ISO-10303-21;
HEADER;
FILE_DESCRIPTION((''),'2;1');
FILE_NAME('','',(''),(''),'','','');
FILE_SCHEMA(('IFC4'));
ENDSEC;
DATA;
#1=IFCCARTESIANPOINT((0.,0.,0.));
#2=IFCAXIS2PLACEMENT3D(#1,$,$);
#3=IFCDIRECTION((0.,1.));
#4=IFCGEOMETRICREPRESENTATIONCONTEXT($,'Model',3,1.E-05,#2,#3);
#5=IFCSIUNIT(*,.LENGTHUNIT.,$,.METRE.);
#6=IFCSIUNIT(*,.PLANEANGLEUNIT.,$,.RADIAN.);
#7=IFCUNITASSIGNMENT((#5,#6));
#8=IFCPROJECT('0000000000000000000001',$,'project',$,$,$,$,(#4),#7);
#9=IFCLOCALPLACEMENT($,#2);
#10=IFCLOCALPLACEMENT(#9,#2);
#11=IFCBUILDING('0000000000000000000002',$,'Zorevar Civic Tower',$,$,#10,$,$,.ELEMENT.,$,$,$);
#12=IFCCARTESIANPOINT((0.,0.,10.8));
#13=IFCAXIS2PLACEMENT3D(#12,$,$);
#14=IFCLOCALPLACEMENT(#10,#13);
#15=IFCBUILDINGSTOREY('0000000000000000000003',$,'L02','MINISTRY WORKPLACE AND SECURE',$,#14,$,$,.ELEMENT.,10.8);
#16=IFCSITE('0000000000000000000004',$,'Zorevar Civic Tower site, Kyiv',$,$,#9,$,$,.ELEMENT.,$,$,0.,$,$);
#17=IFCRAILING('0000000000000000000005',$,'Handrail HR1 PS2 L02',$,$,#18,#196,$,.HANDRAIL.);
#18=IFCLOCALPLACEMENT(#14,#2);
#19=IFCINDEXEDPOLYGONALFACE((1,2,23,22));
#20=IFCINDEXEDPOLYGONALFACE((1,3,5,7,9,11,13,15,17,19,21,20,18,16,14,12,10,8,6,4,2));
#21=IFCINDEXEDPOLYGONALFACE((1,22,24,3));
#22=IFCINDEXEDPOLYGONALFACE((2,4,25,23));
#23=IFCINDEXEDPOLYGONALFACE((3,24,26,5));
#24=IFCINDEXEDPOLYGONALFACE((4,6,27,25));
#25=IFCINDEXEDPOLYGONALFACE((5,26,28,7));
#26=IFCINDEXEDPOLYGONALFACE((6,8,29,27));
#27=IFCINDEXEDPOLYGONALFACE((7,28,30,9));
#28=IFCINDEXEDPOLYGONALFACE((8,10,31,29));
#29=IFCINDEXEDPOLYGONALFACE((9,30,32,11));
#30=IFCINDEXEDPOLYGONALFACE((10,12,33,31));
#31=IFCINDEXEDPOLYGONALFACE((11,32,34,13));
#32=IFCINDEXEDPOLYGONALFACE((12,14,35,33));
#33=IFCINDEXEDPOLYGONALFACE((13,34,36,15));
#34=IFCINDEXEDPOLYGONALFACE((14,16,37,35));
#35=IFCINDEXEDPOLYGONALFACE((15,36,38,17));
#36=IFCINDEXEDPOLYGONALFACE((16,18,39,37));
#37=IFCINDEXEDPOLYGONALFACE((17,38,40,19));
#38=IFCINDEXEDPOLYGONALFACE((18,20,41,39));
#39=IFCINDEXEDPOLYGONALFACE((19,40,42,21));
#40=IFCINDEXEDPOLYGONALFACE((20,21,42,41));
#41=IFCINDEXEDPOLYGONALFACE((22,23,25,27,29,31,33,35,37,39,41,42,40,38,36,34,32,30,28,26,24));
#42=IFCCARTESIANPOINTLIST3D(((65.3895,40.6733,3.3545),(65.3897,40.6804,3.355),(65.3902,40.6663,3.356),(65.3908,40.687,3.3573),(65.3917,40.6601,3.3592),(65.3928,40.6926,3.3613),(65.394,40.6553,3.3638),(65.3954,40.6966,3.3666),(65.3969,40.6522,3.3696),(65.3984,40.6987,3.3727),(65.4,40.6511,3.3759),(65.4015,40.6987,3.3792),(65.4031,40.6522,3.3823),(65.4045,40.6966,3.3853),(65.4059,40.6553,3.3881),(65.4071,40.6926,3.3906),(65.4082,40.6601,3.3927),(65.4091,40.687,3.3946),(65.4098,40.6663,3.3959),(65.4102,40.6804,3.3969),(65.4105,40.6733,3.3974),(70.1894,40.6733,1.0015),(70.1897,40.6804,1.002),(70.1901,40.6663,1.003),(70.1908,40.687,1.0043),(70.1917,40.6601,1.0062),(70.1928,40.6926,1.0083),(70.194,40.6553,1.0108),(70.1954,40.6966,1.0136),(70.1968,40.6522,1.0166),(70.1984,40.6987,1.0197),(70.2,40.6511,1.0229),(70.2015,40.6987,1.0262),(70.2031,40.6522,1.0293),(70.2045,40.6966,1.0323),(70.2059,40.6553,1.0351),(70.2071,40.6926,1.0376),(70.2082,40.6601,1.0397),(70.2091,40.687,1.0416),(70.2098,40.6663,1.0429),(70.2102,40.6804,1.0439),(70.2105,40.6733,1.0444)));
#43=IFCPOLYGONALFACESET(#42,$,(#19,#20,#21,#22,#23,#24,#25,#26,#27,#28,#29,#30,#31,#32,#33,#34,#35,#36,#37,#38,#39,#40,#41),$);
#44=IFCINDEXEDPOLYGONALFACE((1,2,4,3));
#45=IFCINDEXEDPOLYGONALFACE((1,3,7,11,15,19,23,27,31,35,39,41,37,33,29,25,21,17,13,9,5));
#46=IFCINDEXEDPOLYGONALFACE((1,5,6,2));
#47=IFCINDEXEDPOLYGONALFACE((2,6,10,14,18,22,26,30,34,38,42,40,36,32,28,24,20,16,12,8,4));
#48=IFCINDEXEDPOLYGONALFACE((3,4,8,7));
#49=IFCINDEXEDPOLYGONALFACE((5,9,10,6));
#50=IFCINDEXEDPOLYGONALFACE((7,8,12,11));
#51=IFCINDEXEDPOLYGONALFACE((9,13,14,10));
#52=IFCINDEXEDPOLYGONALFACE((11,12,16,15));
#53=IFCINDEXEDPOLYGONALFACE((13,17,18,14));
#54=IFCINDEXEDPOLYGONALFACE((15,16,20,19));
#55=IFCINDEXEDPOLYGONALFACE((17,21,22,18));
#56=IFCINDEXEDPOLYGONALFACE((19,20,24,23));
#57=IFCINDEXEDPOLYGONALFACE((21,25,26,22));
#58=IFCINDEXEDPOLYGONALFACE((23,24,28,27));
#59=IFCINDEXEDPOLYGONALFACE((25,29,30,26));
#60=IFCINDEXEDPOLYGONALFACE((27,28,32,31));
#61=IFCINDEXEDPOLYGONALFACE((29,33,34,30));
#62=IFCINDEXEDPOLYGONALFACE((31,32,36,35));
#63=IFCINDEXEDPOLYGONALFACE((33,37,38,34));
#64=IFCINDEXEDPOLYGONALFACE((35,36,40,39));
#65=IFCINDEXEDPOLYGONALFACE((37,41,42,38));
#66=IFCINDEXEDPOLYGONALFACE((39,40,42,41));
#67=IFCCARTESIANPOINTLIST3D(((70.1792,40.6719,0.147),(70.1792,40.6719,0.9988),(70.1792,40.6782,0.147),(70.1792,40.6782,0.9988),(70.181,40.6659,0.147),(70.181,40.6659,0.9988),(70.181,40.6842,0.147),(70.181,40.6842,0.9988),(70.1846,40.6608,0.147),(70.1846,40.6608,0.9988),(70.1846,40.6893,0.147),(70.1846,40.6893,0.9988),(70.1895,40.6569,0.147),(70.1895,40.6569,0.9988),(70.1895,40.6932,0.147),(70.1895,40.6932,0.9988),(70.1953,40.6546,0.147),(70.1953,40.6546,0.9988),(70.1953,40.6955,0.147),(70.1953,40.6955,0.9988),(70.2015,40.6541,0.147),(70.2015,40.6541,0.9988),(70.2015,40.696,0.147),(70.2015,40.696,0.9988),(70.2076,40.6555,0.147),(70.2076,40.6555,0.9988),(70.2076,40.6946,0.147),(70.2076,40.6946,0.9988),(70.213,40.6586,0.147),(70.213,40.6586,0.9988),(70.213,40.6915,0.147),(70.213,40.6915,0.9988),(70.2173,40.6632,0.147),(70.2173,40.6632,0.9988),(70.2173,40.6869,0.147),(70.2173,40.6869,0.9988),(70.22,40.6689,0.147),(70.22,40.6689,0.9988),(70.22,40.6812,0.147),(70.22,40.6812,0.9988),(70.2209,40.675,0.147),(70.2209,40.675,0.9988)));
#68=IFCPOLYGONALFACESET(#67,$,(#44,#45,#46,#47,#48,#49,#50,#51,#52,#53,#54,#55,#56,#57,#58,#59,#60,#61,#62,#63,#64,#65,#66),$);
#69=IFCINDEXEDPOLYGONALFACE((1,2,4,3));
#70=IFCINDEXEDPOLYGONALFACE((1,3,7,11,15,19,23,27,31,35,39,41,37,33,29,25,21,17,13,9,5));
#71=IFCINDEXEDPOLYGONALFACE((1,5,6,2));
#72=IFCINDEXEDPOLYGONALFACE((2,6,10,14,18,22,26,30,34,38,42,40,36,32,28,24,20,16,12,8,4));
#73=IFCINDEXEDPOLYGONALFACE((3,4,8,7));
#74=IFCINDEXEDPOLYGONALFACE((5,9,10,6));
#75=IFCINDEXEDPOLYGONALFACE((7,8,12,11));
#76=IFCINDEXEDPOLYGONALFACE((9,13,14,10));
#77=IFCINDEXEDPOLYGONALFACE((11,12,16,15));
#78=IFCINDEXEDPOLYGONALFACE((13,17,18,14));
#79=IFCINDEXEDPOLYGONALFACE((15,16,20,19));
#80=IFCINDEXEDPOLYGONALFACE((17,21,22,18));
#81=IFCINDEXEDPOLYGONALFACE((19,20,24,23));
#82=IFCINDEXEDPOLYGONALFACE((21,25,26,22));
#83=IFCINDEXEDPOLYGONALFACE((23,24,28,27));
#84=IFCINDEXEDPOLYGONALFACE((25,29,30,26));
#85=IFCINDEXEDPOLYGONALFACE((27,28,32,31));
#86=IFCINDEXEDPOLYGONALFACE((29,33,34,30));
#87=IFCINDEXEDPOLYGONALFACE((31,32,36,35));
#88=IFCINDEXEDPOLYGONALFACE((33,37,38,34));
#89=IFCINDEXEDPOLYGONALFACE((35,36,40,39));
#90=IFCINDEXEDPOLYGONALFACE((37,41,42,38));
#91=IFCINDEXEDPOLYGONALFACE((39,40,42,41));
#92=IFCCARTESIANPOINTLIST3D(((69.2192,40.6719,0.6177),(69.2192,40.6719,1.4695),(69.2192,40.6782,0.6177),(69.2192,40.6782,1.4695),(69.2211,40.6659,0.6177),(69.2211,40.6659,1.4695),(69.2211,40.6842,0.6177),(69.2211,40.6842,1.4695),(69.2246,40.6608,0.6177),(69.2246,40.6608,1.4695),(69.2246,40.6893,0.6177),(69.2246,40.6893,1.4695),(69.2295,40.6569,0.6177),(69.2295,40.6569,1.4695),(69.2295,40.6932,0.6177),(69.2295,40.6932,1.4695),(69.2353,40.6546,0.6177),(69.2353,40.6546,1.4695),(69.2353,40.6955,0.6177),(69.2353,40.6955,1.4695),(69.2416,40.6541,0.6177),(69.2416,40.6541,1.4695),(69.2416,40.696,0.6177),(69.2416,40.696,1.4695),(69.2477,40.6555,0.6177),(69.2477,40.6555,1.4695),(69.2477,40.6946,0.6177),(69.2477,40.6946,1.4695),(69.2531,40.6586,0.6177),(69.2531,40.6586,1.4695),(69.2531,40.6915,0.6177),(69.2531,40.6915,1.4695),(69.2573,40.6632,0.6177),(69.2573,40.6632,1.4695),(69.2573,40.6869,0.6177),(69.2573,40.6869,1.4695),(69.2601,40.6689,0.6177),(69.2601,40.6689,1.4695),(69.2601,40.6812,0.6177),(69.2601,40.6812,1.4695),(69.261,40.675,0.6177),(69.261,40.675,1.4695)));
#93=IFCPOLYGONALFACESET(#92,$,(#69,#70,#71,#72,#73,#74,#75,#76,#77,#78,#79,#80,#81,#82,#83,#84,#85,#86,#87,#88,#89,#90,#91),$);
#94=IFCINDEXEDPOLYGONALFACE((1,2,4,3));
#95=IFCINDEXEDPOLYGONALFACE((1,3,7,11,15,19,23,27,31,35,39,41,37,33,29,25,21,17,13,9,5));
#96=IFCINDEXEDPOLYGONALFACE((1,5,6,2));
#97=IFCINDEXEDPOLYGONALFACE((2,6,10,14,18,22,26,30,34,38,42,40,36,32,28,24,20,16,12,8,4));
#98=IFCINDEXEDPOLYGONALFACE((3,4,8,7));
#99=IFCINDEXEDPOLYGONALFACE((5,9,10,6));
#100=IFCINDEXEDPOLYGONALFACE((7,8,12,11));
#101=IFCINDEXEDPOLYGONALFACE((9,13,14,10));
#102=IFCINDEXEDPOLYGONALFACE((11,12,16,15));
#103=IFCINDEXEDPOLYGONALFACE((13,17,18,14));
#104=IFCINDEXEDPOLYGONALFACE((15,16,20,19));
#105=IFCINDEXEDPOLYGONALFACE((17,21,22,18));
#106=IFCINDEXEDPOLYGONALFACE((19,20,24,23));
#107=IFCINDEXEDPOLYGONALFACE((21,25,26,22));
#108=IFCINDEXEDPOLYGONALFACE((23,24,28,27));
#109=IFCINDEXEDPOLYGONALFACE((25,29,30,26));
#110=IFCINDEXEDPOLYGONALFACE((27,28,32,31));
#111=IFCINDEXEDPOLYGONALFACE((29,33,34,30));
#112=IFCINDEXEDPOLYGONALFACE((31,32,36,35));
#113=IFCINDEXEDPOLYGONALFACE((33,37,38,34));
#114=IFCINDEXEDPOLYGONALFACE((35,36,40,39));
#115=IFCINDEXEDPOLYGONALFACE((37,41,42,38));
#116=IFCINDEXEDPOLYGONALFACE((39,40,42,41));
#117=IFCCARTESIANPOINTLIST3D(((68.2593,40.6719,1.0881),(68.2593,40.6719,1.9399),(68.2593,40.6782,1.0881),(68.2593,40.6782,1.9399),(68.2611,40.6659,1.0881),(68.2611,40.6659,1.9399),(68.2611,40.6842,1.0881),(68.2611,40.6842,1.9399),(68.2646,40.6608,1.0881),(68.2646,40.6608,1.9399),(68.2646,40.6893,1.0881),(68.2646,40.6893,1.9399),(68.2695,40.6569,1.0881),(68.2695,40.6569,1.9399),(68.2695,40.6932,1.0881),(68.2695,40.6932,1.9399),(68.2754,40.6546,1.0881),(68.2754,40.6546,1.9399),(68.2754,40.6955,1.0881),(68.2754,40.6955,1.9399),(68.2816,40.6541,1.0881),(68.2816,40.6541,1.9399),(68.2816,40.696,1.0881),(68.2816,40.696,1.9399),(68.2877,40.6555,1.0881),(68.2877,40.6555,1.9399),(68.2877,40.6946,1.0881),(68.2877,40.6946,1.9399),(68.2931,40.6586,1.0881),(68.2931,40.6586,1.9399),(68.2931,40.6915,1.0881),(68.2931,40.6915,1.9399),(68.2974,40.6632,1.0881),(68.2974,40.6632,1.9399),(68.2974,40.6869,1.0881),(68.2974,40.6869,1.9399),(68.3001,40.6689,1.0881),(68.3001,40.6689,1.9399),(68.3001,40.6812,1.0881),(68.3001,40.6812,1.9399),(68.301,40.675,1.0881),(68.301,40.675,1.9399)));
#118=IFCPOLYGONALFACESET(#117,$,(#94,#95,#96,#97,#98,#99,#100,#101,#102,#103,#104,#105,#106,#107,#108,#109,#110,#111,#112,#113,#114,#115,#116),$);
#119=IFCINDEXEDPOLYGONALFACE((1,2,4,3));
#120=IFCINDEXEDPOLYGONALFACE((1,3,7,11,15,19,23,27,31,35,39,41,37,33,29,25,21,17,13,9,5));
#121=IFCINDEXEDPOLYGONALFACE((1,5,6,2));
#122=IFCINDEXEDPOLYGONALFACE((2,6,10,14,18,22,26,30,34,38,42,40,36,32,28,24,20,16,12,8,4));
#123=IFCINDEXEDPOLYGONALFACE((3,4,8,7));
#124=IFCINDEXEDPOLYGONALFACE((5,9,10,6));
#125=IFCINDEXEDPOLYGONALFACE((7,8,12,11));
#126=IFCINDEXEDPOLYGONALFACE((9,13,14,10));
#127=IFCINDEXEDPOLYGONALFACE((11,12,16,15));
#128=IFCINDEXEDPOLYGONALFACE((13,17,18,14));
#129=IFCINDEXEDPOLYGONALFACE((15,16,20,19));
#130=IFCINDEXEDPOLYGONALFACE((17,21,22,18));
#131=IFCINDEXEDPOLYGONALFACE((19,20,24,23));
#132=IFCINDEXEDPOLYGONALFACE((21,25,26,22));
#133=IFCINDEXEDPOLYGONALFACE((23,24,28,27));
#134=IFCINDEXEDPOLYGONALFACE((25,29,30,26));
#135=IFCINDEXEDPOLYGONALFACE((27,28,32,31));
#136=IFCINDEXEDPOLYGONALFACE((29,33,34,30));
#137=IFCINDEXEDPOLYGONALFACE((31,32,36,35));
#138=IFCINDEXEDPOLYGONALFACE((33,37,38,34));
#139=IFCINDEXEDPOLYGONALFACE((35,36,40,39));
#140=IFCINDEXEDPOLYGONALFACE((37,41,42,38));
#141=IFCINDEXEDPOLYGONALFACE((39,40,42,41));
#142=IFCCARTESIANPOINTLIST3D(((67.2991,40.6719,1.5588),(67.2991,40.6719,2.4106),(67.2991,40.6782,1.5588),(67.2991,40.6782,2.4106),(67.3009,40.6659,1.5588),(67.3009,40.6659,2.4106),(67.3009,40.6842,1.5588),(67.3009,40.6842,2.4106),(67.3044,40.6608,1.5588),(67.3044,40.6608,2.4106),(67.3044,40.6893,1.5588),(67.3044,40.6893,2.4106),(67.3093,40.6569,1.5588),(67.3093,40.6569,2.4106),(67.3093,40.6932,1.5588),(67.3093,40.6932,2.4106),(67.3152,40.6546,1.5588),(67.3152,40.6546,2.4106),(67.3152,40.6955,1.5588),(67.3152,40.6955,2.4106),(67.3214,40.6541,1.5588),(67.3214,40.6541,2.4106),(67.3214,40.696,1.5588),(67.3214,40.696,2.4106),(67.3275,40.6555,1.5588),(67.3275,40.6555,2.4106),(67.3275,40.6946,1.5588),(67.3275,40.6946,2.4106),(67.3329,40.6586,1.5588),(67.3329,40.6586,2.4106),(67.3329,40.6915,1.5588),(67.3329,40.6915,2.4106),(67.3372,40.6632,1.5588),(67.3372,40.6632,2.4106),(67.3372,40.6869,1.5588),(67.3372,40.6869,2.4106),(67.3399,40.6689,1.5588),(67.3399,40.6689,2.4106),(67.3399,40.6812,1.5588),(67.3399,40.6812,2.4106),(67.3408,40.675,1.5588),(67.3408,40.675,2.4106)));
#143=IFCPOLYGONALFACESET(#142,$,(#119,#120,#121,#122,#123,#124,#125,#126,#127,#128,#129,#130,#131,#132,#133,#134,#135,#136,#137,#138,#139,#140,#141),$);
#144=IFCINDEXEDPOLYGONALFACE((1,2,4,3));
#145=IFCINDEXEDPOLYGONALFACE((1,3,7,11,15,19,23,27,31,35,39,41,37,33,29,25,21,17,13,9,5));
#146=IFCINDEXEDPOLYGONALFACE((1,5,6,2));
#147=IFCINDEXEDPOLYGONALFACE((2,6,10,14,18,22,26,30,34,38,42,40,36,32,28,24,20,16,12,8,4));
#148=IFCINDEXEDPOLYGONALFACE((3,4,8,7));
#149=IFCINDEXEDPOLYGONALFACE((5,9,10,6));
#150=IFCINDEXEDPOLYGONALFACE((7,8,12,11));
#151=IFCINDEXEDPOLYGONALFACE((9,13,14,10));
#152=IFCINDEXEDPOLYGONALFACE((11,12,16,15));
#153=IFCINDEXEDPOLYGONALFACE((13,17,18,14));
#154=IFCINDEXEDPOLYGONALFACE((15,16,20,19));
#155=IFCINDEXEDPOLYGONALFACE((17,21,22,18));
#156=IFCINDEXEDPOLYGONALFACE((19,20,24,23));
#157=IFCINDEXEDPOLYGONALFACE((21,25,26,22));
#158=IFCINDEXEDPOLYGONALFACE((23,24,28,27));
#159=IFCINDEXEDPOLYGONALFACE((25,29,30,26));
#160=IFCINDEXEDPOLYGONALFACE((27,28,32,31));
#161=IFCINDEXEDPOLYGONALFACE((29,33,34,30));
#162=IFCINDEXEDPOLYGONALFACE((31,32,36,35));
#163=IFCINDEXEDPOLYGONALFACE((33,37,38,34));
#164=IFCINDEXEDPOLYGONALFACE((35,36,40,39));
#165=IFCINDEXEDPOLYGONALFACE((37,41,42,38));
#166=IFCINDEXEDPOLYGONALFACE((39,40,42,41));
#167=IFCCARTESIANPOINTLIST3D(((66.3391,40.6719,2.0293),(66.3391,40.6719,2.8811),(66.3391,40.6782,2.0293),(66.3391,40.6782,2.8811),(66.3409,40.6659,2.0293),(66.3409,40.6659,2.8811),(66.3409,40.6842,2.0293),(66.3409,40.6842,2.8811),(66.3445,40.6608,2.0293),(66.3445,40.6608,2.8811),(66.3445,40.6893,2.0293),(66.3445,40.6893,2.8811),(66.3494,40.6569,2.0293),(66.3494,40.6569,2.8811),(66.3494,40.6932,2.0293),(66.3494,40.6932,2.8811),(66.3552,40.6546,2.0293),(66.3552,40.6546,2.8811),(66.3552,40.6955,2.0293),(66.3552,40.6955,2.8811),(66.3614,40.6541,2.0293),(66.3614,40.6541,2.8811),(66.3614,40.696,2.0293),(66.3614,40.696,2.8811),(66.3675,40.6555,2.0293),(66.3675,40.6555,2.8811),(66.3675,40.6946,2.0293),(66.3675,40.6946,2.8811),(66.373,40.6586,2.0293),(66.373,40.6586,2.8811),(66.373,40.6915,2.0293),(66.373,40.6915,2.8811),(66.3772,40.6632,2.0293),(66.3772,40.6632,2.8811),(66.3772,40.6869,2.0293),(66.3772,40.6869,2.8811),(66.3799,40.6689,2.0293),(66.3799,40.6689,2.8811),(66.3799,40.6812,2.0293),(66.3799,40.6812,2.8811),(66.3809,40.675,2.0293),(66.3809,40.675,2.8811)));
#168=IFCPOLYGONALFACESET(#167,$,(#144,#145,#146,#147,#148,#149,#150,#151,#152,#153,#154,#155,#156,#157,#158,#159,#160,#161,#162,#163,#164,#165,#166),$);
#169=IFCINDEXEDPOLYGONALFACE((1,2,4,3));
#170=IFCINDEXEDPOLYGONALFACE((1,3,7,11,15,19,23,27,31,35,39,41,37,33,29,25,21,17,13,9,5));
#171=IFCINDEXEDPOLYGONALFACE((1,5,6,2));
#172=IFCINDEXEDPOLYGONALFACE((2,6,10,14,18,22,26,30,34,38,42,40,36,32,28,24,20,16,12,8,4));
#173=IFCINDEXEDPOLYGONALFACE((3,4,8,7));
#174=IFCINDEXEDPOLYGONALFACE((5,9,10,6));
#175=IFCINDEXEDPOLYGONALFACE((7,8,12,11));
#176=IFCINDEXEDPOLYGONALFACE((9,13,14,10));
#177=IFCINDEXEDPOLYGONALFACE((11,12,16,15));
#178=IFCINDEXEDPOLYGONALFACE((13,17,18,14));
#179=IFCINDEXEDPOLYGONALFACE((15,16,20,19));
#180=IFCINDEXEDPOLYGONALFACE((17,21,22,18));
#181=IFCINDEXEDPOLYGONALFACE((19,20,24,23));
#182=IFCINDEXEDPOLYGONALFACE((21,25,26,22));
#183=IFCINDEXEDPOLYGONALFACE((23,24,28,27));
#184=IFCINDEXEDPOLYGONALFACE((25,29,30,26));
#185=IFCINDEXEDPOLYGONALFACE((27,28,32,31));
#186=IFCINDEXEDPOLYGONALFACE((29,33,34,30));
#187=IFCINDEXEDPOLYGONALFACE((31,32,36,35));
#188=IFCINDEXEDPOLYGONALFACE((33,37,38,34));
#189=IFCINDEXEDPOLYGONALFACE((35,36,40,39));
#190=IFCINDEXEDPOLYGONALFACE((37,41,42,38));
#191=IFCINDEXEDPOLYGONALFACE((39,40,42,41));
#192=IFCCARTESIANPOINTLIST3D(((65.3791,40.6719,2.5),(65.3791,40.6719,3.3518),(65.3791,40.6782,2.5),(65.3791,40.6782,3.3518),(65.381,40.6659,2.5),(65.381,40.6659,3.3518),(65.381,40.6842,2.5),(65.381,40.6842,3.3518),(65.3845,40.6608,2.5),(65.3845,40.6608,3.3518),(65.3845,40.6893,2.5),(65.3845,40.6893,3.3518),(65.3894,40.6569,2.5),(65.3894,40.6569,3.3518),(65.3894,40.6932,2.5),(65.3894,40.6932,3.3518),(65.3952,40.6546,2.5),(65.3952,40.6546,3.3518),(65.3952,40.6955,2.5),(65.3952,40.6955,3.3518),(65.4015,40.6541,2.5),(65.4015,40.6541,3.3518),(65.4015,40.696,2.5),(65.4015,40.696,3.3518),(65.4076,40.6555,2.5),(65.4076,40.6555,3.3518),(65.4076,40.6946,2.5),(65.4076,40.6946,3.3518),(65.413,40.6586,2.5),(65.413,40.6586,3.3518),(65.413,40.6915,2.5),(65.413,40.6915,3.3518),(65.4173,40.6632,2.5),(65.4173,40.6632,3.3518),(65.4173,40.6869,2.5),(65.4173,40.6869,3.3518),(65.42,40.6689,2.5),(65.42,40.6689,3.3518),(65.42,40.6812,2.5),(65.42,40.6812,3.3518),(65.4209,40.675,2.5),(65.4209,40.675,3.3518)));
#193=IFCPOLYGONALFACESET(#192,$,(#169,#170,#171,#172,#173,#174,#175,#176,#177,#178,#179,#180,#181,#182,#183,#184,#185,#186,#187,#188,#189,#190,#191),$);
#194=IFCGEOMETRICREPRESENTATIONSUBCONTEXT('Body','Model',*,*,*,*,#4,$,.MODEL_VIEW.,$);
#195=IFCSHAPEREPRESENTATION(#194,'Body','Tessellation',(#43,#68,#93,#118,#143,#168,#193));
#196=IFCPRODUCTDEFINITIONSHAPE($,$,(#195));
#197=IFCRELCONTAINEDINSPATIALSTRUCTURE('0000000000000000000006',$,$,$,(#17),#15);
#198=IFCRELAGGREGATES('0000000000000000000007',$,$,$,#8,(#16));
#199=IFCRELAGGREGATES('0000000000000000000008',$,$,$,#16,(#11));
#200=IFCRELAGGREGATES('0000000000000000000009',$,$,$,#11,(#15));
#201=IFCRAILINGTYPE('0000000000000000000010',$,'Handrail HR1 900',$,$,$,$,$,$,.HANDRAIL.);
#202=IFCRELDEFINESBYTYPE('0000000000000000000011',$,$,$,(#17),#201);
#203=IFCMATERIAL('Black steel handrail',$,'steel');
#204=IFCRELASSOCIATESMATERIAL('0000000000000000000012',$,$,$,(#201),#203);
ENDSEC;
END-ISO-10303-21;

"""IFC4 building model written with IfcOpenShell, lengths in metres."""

from ifc_helpers import new_model, si_unit, direction, frame, origin, origin_2d, place, context, subcontext, project, spatial, circle, extrude, material, type_object, element, save


model = new_model("IFC4")

# Units and contexts
model_context = context("Model", 3, precision=1e-05, world=origin(), true_north=direction((0.0, 1.0)))
body_context = subcontext(model_context, "Body", "Model", "MODEL_VIEW")
ifc_project = project(units=[si_unit("LENGTHUNIT", "METRE"), si_unit("PLANEANGLEUNIT", "RADIAN")], contexts=[model_context])

# Site, building, storey
site_placement = place(None, origin())
site = spatial("IfcSite", under=ifc_project, at=site_placement, Name="Zorevar Civic Tower site, Kyiv", CompositionType="ELEMENT", RefElevation=0.0)
building_placement = place(site_placement, origin())
building = spatial("IfcBuilding", under=site, at=building_placement, Name="Zorevar Civic Tower", CompositionType="ELEMENT")
storey_placement = place(building_placement, frame((0.0, 0.0, 10.8)))
storey = spatial("IfcBuildingStorey", under=building, at=storey_placement, Name="L02", Description="MINISTRY WORKPLACE AND SECURE", CompositionType="ELEMENT", Elevation=10.8)

# Railing
ifc_material_1 = material(Name="Black steel handrail", Category="steel")
railing_type = type_object("IfcRailingType", Name="Handrail HR1 900", PredefinedType="HANDRAIL", material=ifc_material_1)
railing_1_placement = place(storey_placement, frame((70.2, 40.675, 0.147)))
element("IfcRailing", 1, at=railing_1_placement, inside=storey, type_object=railing_type, Name="Handrail HR1 PS2 L02", PredefinedType="HANDRAIL", context=body_context, shape_type="SweptSolid", body=[
    extrude(circle(Radius=0.0239, at=origin_2d()), frame((0.0, 0.0, 0.876), z_axis=(-0.897916, 0.0, 0.440167), x_axis=(0.0, -1.0, 0.0)), (0.0, 0.0, 1.0), 5.3457),
    extrude(circle(Radius=0.021, at=origin_2d()), origin(), (0.0, 0.0, 1.0), 0.8518),
    extrude(circle(Radius=0.021, at=origin_2d()), frame((-0.96, 0.0, 0.4707)), (0.0, 0.0, 1.0), 0.8518),
    extrude(circle(Radius=0.021, at=origin_2d()), frame((-1.9199, 0.0, 0.9412)), (0.0, 0.0, 1.0), 0.8518),
    extrude(circle(Radius=0.021, at=origin_2d()), frame((-2.8801, 0.0, 1.4119)), (0.0, 0.0, 1.0), 0.8518),
    extrude(circle(Radius=0.021, at=origin_2d()), frame((-3.8401, 0.0, 1.8823)), (0.0, 0.0, 1.0), 0.8518),
    extrude(circle(Radius=0.021, at=origin_2d()), frame((-4.8, 0.0, 2.353)), (0.0, 0.0, 1.0), 0.8518),
])

save(model, "model.ifc")
